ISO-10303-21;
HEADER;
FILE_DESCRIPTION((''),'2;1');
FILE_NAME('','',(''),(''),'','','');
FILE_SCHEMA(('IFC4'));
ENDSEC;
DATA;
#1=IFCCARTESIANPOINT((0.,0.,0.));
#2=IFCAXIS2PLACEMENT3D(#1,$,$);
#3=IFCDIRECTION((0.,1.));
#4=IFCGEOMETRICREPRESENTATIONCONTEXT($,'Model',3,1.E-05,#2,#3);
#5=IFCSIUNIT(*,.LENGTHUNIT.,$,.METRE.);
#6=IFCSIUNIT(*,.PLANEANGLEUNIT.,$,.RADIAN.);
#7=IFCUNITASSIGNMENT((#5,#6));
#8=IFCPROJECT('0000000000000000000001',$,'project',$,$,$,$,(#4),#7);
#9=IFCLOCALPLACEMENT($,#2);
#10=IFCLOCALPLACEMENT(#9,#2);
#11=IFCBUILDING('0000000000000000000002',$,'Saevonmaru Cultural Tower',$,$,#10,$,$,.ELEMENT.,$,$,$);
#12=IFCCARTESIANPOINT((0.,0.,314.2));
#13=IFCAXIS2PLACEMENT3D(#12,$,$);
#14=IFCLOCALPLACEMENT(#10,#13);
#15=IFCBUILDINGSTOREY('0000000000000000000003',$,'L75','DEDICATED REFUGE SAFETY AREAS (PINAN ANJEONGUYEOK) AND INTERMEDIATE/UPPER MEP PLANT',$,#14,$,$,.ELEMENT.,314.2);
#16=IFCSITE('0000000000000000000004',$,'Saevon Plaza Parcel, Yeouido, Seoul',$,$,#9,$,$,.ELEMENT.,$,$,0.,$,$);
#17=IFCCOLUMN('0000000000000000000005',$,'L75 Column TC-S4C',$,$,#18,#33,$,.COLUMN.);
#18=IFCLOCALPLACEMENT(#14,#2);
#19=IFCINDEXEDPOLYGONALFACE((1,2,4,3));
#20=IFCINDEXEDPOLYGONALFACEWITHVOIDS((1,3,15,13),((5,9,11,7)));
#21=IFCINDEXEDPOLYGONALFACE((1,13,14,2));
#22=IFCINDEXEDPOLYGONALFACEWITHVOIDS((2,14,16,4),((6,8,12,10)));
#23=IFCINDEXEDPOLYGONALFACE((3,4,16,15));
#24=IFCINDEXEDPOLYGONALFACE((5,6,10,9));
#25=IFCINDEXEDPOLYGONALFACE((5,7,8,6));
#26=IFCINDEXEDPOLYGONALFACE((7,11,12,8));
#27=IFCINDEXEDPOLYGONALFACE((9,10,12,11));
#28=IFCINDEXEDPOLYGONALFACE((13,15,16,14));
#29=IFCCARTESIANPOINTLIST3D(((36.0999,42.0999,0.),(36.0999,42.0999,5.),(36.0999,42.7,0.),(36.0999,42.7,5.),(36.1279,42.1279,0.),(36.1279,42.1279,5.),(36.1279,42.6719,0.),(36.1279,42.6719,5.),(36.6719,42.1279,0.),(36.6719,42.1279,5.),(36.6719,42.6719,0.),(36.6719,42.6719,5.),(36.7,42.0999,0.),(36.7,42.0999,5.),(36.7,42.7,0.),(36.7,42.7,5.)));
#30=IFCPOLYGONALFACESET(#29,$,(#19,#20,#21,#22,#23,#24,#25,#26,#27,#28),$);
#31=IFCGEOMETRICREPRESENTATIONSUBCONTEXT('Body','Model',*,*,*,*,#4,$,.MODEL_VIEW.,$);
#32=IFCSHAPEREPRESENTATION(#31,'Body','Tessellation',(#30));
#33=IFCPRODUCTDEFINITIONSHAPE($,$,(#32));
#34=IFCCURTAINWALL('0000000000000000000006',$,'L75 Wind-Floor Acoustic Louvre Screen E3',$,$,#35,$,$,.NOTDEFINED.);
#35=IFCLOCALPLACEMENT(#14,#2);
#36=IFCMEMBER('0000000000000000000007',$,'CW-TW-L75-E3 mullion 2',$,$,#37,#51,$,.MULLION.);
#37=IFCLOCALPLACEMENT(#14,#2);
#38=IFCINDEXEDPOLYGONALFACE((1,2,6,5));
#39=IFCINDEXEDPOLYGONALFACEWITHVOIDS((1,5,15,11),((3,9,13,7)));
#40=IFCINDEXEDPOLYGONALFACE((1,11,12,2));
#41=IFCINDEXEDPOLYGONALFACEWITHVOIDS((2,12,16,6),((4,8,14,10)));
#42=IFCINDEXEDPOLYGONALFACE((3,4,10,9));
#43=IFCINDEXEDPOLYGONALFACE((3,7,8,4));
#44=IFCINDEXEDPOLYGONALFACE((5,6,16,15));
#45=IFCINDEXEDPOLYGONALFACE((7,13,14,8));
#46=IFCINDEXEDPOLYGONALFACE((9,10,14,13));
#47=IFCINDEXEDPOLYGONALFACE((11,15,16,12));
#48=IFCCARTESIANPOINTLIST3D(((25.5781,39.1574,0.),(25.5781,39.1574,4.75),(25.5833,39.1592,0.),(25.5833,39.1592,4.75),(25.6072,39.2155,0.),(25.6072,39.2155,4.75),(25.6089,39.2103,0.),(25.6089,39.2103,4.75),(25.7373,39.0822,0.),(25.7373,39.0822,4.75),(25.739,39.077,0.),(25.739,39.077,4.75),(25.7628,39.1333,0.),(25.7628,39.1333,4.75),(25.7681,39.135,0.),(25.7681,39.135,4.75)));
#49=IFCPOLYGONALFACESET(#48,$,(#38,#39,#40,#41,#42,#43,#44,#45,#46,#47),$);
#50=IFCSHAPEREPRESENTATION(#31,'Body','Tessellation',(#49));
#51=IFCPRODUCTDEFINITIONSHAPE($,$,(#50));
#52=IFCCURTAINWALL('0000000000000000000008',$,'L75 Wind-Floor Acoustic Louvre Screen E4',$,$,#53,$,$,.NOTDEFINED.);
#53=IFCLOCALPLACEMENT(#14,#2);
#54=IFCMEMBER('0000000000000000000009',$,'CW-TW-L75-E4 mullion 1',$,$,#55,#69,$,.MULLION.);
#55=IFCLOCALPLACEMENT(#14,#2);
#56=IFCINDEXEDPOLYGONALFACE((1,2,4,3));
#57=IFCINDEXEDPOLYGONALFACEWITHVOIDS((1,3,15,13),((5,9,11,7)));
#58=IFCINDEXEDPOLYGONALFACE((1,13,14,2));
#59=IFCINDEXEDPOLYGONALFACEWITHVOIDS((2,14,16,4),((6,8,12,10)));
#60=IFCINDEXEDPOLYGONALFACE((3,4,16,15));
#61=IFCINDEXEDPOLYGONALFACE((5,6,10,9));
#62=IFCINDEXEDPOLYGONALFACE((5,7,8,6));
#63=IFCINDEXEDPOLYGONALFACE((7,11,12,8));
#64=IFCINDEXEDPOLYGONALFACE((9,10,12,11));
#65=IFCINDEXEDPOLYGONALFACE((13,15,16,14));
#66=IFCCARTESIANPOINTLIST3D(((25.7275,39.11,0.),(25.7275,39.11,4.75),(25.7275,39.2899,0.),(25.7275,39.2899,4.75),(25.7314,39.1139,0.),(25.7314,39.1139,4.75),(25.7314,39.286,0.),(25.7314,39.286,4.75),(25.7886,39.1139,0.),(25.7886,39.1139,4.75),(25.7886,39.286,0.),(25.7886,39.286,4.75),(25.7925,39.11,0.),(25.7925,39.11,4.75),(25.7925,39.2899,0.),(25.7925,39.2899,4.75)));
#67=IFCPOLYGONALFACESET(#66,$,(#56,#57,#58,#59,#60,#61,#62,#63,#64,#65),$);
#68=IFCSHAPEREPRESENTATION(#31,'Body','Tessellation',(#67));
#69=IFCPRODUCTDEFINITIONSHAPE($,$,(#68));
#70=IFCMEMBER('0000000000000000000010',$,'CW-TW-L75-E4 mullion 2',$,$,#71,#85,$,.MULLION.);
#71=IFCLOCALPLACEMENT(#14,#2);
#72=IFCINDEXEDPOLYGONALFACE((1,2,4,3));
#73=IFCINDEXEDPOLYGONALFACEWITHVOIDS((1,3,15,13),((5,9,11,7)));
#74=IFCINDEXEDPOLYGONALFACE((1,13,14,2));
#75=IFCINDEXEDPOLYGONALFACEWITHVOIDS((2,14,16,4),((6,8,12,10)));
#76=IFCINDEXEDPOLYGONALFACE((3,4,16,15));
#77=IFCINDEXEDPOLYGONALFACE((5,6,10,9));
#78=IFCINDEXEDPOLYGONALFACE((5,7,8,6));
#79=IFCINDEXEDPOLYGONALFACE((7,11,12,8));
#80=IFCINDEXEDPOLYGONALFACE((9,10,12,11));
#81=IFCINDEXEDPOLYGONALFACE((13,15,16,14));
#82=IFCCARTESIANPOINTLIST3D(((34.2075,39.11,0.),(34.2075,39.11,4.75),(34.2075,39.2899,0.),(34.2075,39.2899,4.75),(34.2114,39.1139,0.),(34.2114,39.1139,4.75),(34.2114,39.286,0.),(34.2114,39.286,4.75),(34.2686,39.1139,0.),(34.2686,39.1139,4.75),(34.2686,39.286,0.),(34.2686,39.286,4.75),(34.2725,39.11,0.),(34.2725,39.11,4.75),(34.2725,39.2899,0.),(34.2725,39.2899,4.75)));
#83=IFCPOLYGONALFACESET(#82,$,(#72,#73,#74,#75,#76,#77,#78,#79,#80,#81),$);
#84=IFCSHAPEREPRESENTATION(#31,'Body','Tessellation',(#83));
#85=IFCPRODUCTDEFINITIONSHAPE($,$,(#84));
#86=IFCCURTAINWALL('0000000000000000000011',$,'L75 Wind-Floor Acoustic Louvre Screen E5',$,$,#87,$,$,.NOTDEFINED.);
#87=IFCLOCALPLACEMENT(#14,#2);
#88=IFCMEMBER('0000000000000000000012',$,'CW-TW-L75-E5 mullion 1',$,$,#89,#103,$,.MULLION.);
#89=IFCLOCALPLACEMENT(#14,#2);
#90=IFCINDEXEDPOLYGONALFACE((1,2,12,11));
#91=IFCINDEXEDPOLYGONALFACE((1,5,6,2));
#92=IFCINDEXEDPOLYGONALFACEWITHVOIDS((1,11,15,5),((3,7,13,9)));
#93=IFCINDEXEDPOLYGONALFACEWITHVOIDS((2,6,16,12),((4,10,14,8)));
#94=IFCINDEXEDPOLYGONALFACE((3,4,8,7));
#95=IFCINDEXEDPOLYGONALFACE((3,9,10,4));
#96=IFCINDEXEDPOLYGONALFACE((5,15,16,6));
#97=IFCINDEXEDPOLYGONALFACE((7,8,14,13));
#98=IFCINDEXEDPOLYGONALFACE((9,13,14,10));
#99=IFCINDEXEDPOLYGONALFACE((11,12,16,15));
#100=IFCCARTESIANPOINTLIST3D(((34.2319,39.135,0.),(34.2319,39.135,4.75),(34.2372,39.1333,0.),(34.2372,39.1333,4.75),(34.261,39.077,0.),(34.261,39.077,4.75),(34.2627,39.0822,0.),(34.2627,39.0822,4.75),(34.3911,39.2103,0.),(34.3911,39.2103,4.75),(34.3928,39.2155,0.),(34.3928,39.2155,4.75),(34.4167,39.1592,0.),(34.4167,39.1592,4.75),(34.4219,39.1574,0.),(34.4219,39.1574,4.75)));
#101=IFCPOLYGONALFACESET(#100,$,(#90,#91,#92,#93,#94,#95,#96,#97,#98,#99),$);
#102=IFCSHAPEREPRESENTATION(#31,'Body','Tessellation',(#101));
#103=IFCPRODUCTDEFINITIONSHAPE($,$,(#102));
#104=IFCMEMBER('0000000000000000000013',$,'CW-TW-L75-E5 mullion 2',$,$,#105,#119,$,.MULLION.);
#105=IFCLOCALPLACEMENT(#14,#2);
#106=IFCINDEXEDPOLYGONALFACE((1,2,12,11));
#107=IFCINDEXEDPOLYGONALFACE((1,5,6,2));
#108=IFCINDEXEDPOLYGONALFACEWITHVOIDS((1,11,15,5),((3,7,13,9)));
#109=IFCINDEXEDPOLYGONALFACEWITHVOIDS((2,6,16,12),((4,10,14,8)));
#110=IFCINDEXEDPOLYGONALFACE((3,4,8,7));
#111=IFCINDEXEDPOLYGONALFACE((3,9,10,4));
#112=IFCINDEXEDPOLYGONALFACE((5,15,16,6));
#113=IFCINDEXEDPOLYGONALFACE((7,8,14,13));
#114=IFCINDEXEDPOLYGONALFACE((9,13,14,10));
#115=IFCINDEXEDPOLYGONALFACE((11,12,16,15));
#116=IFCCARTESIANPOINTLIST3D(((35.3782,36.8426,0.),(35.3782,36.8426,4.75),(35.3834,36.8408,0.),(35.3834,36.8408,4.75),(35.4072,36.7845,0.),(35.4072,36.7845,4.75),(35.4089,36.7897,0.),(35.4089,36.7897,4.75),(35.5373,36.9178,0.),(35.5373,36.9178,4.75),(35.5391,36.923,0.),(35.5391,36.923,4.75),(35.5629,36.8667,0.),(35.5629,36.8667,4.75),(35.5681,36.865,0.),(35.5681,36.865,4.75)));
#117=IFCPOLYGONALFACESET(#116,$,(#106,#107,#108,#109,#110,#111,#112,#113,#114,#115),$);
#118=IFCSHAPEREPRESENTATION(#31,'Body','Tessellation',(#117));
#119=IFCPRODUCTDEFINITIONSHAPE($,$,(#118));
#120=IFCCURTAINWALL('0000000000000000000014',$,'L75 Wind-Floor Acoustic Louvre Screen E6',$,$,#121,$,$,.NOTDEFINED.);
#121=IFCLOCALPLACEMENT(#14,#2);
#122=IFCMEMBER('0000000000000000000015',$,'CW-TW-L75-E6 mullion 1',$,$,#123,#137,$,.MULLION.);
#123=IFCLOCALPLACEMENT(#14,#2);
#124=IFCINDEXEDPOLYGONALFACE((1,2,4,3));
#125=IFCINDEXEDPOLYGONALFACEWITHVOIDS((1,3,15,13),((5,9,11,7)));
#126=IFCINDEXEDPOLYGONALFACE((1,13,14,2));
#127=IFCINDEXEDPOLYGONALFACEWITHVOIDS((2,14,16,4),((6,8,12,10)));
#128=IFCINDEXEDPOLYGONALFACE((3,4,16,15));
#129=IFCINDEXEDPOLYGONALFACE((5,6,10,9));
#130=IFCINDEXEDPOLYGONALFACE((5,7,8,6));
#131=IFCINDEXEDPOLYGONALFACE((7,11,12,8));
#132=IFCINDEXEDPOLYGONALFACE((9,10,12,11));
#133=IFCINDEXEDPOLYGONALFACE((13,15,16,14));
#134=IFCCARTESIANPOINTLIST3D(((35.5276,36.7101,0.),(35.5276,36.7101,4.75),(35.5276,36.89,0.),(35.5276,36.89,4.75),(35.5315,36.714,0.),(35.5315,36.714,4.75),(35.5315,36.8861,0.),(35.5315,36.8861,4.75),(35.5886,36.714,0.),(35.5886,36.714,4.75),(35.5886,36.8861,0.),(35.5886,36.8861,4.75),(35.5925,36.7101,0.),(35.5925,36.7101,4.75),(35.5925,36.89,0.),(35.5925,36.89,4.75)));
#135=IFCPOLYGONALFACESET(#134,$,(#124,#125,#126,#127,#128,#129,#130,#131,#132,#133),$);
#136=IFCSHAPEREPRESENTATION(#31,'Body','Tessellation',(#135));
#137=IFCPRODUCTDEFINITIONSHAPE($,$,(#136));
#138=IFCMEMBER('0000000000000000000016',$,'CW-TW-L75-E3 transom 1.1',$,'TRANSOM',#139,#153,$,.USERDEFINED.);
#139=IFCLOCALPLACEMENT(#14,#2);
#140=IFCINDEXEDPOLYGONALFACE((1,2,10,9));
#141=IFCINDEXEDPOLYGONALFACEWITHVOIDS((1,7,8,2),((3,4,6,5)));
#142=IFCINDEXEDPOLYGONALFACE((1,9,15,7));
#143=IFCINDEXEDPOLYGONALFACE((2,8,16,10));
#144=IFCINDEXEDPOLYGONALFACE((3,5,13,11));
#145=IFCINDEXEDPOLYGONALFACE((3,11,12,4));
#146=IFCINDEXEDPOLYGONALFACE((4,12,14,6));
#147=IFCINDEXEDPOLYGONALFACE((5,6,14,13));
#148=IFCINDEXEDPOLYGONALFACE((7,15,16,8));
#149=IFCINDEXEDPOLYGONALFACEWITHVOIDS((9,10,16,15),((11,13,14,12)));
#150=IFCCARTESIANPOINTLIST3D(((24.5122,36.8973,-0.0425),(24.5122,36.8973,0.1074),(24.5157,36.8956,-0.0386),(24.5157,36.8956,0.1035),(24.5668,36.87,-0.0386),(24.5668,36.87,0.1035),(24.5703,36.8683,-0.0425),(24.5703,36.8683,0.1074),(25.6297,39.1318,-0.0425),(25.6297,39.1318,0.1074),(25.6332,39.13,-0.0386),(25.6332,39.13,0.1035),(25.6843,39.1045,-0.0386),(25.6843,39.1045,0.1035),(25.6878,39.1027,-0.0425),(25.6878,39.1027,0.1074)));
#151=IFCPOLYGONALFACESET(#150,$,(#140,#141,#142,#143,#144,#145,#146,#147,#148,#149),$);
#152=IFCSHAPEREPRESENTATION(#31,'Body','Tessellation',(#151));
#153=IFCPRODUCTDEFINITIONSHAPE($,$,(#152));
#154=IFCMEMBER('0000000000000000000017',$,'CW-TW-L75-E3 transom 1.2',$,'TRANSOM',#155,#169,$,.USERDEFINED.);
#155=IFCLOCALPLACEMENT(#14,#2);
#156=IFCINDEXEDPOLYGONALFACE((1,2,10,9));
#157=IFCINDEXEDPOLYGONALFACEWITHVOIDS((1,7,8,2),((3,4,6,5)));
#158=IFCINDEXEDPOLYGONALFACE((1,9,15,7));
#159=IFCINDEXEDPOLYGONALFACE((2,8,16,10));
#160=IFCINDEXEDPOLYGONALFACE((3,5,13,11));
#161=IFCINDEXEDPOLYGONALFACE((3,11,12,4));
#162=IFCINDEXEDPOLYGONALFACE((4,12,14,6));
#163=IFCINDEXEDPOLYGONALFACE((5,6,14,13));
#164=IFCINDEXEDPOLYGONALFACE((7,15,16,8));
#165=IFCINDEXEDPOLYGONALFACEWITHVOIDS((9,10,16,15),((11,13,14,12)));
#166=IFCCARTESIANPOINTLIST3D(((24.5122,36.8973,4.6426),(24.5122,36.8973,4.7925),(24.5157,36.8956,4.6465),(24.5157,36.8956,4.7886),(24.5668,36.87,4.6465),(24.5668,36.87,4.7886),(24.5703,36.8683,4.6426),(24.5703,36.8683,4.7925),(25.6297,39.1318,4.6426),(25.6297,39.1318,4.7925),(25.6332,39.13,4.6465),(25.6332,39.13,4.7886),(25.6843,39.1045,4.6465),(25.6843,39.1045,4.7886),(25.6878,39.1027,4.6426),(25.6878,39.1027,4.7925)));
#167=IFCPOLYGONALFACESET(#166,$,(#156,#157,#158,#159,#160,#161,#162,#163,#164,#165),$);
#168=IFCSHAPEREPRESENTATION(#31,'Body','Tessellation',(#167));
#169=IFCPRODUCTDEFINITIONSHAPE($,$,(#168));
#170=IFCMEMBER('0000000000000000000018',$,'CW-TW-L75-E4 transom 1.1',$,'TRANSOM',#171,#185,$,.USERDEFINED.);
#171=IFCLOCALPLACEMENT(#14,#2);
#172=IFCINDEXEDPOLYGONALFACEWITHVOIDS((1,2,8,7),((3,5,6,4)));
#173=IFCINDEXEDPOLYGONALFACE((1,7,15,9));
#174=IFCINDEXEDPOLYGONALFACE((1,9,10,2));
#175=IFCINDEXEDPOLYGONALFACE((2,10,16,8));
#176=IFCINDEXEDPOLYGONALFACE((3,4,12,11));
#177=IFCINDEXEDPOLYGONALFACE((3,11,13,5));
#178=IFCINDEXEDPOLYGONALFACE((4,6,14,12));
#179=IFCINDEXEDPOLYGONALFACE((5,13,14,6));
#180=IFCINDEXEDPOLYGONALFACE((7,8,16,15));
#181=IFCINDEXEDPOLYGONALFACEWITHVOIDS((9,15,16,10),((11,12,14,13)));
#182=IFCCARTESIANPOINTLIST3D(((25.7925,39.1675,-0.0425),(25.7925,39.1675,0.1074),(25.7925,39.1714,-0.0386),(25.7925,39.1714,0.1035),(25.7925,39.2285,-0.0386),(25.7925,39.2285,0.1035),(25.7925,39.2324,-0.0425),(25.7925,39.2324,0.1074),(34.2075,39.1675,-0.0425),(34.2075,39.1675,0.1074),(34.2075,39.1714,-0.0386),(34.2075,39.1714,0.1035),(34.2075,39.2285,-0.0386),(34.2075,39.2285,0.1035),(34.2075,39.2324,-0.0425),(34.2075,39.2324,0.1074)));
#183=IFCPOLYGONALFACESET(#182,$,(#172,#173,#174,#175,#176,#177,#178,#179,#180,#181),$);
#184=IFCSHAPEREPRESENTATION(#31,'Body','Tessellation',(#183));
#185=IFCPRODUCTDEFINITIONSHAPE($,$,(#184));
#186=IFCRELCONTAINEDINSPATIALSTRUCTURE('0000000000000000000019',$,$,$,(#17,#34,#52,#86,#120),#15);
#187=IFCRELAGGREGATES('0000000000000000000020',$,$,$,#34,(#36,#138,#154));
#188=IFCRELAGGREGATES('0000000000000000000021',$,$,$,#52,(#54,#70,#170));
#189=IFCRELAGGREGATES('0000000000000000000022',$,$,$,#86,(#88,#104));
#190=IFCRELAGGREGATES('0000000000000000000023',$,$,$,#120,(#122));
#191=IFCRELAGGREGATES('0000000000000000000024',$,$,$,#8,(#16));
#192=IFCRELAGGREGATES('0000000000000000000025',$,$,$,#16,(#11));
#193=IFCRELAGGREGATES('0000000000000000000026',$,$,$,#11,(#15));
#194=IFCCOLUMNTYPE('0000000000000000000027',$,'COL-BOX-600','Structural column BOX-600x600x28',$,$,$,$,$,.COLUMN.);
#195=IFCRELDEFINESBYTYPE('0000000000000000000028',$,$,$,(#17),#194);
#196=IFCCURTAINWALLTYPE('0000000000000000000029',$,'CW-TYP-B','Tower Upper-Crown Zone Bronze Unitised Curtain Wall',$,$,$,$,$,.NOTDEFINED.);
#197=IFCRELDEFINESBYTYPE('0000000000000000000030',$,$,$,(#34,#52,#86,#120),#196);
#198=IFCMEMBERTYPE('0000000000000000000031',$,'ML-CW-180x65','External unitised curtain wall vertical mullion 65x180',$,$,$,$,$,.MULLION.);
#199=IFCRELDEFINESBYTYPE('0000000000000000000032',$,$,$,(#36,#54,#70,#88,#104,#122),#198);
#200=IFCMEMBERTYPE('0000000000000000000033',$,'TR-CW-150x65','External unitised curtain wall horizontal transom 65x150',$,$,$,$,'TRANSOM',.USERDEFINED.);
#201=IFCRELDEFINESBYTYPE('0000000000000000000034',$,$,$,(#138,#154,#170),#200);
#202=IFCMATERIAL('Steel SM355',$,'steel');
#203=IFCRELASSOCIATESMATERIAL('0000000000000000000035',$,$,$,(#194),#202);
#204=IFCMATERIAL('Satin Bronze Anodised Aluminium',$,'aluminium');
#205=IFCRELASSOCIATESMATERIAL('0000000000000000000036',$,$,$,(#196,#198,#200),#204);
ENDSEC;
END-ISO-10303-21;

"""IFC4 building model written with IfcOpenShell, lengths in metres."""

from ifc_helpers import new_model, si_unit, direction, frame, origin, origin_2d, place, context, subcontext, project, spatial, hollow_rectangle, extrude, material, material_profile, profile_set, type_object, element, aggregate, save


model = new_model("IFC4")

# Units and contexts
model_context = context("Model", 3, precision=1e-05, world=origin(), true_north=direction((0.0, 1.0)))
body_context = subcontext(model_context, "Body", "Model", "MODEL_VIEW")
ifc_project = project(units=[si_unit("LENGTHUNIT", "METRE"), si_unit("PLANEANGLEUNIT", "RADIAN")], contexts=[model_context])

# Site, building, storey
site_placement = place(None, origin())
site = spatial("IfcSite", under=ifc_project, at=site_placement, Name="Saevon Plaza Parcel, Yeouido, Seoul", CompositionType="ELEMENT", RefElevation=0.0)
building_placement = place(site_placement, origin())
building = spatial("IfcBuilding", under=site, at=building_placement, Name="Saevonmaru Cultural Tower", CompositionType="ELEMENT")
storey_placement = place(building_placement, frame((0.0, 0.0, 314.2)))
storey = spatial("IfcBuildingStorey", under=building, at=storey_placement, Name="L75", Description="DEDICATED REFUGE SAFETY AREAS (PINAN ANJEONGUYEOK) AND INTERMEDIATE/UPPER MEP PLANT", CompositionType="ELEMENT", Elevation=314.2)

# Column
ifc_material_1 = material(Name="Steel SM355", Category="steel")
ifc_material_profile_1 = material_profile(ifc_material_1, hollow_rectangle(XDim=0.6001, YDim=0.6001, WallThickness=0.0281, at=origin_2d()), Name="BOX-600x600x28")
ifc_profile_set_1 = profile_set([ifc_material_profile_1], Name="Steel SM355")
column_type = type_object("IfcColumnType", Name="COL-BOX-600", Description="Structural column BOX-600x600x28", PredefinedType="COLUMN", material=ifc_profile_set_1)
column_placement = place(storey_placement, frame((36.3999, 42.3999, 0.0), z_axis=(0.0, 0.0, 1.0), x_axis=(1.0, 0.0, 0.0)))
element("IfcColumn", 1, at=column_placement, inside=storey, type_object=column_type, Name="L75 Column TC-S4C", PredefinedType="COLUMN", context=body_context, shape_type="SweptSolid", body=[
    extrude(hollow_rectangle(XDim=0.6001, YDim=0.6001, WallThickness=0.0281, at=origin_2d()), origin(), (0.0, 0.0, 1.0), 5.0),
])

# Curtain wall, member
ifc_material_2 = material(Name="Satin Bronze Anodised Aluminium", Category="aluminium")
curtain_wall_type = type_object("IfcCurtainWallType", Name="CW-TYP-B", Description="Tower Upper-Crown Zone Bronze Unitised Curtain Wall", PredefinedType="NOTDEFINED", material=ifc_material_2)
curtain_wall_1_placement = place(storey_placement, origin())
curtain_wall_1 = element("IfcCurtainWall", 2, at=curtain_wall_1_placement, inside=storey, type_object=curtain_wall_type, Name="L75 Wind-Floor Acoustic Louvre Screen E3", PredefinedType="NOTDEFINED")
ifc_material_profile_2 = material_profile(ifc_material_2, hollow_rectangle(XDim=0.0649, YDim=0.1799, WallThickness=0.0039, at=origin_2d()), Name="ALU-MULL-180x65x4")
ifc_profile_set_2 = profile_set([ifc_material_profile_2], Name="Satin Bronze Anodised Aluminium")
member_type_1 = type_object("IfcMemberType", Name="ML-CW-180x65", Description="External unitised curtain wall vertical mullion 65x180", PredefinedType="MULLION", material=ifc_profile_set_2)
member_1_placement = place(storey_placement, frame((25.6731, 39.1462, 0.0), z_axis=(0.0, 0.0, 1.0), x_axis=(0.447245, 0.894412, 0.0)))
member_1 = element("IfcMember", 3, at=member_1_placement, type_object=member_type_1, Name="CW-TW-L75-E3 mullion 2", PredefinedType="MULLION", context=body_context, shape_type="SweptSolid", body=[
    extrude(hollow_rectangle(XDim=0.0649, YDim=0.1799, WallThickness=0.0039, at=origin_2d()), origin(), (0.0, 0.0, 1.0), 4.75),
])

# Curtain walls, members
curtain_wall_2_placement = place(storey_placement, origin())
curtain_wall_2 = element("IfcCurtainWall", 4, at=curtain_wall_2_placement, inside=storey, type_object=curtain_wall_type, Name="L75 Wind-Floor Acoustic Louvre Screen E4", PredefinedType="NOTDEFINED")
member_2_placement = place(storey_placement, frame((25.76, 39.2, 0.0), z_axis=(0.0, 0.0, 1.0), x_axis=(1.0, 0.0, 0.0)))
member_2 = element("IfcMember", 5, at=member_2_placement, type_object=member_type_1, Name="CW-TW-L75-E4 mullion 1", PredefinedType="MULLION", context=body_context, shape_type="SweptSolid", body=[
    extrude(hollow_rectangle(XDim=0.0649, YDim=0.1799, WallThickness=0.0039, at=origin_2d()), origin(), (0.0, 0.0, 1.0), 4.75),
])
member_3_placement = place(storey_placement, frame((34.24, 39.2, 0.0), z_axis=(0.0, 0.0, 1.0), x_axis=(1.0, 0.0, 0.0)))
member_3 = element("IfcMember", 6, at=member_3_placement, type_object=member_type_1, Name="CW-TW-L75-E4 mullion 2", PredefinedType="MULLION", context=body_context, shape_type="SweptSolid", body=[
    extrude(hollow_rectangle(XDim=0.0649, YDim=0.1799, WallThickness=0.0039, at=origin_2d()), origin(), (0.0, 0.0, 1.0), 4.75),
])
curtain_wall_3_placement = place(storey_placement, origin())
curtain_wall_3 = element("IfcCurtainWall", 7, at=curtain_wall_3_placement, inside=storey, type_object=curtain_wall_type, Name="L75 Wind-Floor Acoustic Louvre Screen E5", PredefinedType="NOTDEFINED")
member_4_placement = place(storey_placement, frame((34.3269, 39.1462, 0.0), z_axis=(0.0, 0.0, 1.0), x_axis=(0.447245, -0.894412, 0.0)))
member_4 = element("IfcMember", 8, at=member_4_placement, type_object=member_type_1, Name="CW-TW-L75-E5 mullion 1", PredefinedType="MULLION", context=body_context, shape_type="SweptSolid", body=[
    extrude(hollow_rectangle(XDim=0.0649, YDim=0.1799, WallThickness=0.0039, at=origin_2d()), origin(), (0.0, 0.0, 1.0), 4.75),
])
member_5_placement = place(storey_placement, frame((35.4731, 36.8538, 0.0), z_axis=(0.0, 0.0, 1.0), x_axis=(0.447245, -0.894412, 0.0)))
member_5 = element("IfcMember", 9, at=member_5_placement, type_object=member_type_1, Name="CW-TW-L75-E5 mullion 2", PredefinedType="MULLION", context=body_context, shape_type="SweptSolid", body=[
    extrude(hollow_rectangle(XDim=0.0649, YDim=0.1799, WallThickness=0.0039, at=origin_2d()), origin(), (0.0, 0.0, 1.0), 4.75),
])

# Curtain wall, member
curtain_wall_4_placement = place(storey_placement, origin())
curtain_wall_4 = element("IfcCurtainWall", 10, at=curtain_wall_4_placement, inside=storey, type_object=curtain_wall_type, Name="L75 Wind-Floor Acoustic Louvre Screen E6", PredefinedType="NOTDEFINED")
member_6_placement = place(storey_placement, frame((35.5601, 36.8, 0.0), z_axis=(0.0, 0.0, 1.0), x_axis=(1.0, 0.0, 0.0)))
member_6 = element("IfcMember", 11, at=member_6_placement, type_object=member_type_1, Name="CW-TW-L75-E6 mullion 1", PredefinedType="MULLION", context=body_context, shape_type="SweptSolid", body=[
    extrude(hollow_rectangle(XDim=0.0649, YDim=0.1799, WallThickness=0.0039, at=origin_2d()), origin(), (0.0, 0.0, 1.0), 4.75),
])

# Members
ifc_material_profile_3 = material_profile(ifc_material_2, hollow_rectangle(XDim=0.0649, YDim=0.1499, WallThickness=0.0039, at=origin_2d()), Name="ALU-TRAN-150x65x4")
ifc_profile_set_3 = profile_set([ifc_material_profile_3], Name="Satin Bronze Anodised Aluminium")
member_type_2 = type_object("IfcMemberType", Name="TR-CW-150x65", Description="External unitised curtain wall horizontal transom 65x150", ElementType="TRANSOM", PredefinedType="USERDEFINED", material=ifc_profile_set_3)
member_7_placement = place(storey_placement, frame((24.5413, 36.8828, 0.0325), z_axis=(0.447292, 0.894388, 0.0), x_axis=(-0.894388, 0.447292, 0.0)))
member_7 = element("IfcMember", 12, at=member_7_placement, type_object=member_type_2, Name="CW-TW-L75-E3 transom 1.1", ObjectType="TRANSOM", PredefinedType="USERDEFINED", context=body_context, shape_type="SweptSolid", body=[
    extrude(hollow_rectangle(XDim=0.0649, YDim=0.1499, WallThickness=0.0039, at=origin_2d()), origin(), (0.0, 0.0, 1.0), 2.4983),
])
member_8_placement = place(storey_placement, frame((24.5413, 36.8828, 4.7175), z_axis=(0.447292, 0.894388, 0.0), x_axis=(-0.894388, 0.447292, 0.0)))
member_8 = element("IfcMember", 13, at=member_8_placement, type_object=member_type_2, Name="CW-TW-L75-E3 transom 1.2", ObjectType="TRANSOM", PredefinedType="USERDEFINED", context=body_context, shape_type="SweptSolid", body=[
    extrude(hollow_rectangle(XDim=0.0649, YDim=0.1499, WallThickness=0.0039, at=origin_2d()), origin(), (0.0, 0.0, 1.0), 2.4983),
])
member_9_placement = place(storey_placement, frame((25.7925, 39.2, 0.0325), z_axis=(1.0, 0.0, 0.0), x_axis=(0.0, 1.0, 0.0)))
member_9 = element("IfcMember", 14, at=member_9_placement, type_object=member_type_2, Name="CW-TW-L75-E4 transom 1.1", ObjectType="TRANSOM", PredefinedType="USERDEFINED", context=body_context, shape_type="SweptSolid", body=[
    extrude(hollow_rectangle(XDim=0.0649, YDim=0.1499, WallThickness=0.0039, at=origin_2d()), origin(), (0.0, 0.0, 1.0), 8.415),
])

aggregate(curtain_wall_1, [member_1, member_7, member_8])
aggregate(curtain_wall_2, [member_2, member_3, member_9])
aggregate(curtain_wall_3, [member_4, member_5])
aggregate(curtain_wall_4, [member_6])

save(model, "model.ifc")
